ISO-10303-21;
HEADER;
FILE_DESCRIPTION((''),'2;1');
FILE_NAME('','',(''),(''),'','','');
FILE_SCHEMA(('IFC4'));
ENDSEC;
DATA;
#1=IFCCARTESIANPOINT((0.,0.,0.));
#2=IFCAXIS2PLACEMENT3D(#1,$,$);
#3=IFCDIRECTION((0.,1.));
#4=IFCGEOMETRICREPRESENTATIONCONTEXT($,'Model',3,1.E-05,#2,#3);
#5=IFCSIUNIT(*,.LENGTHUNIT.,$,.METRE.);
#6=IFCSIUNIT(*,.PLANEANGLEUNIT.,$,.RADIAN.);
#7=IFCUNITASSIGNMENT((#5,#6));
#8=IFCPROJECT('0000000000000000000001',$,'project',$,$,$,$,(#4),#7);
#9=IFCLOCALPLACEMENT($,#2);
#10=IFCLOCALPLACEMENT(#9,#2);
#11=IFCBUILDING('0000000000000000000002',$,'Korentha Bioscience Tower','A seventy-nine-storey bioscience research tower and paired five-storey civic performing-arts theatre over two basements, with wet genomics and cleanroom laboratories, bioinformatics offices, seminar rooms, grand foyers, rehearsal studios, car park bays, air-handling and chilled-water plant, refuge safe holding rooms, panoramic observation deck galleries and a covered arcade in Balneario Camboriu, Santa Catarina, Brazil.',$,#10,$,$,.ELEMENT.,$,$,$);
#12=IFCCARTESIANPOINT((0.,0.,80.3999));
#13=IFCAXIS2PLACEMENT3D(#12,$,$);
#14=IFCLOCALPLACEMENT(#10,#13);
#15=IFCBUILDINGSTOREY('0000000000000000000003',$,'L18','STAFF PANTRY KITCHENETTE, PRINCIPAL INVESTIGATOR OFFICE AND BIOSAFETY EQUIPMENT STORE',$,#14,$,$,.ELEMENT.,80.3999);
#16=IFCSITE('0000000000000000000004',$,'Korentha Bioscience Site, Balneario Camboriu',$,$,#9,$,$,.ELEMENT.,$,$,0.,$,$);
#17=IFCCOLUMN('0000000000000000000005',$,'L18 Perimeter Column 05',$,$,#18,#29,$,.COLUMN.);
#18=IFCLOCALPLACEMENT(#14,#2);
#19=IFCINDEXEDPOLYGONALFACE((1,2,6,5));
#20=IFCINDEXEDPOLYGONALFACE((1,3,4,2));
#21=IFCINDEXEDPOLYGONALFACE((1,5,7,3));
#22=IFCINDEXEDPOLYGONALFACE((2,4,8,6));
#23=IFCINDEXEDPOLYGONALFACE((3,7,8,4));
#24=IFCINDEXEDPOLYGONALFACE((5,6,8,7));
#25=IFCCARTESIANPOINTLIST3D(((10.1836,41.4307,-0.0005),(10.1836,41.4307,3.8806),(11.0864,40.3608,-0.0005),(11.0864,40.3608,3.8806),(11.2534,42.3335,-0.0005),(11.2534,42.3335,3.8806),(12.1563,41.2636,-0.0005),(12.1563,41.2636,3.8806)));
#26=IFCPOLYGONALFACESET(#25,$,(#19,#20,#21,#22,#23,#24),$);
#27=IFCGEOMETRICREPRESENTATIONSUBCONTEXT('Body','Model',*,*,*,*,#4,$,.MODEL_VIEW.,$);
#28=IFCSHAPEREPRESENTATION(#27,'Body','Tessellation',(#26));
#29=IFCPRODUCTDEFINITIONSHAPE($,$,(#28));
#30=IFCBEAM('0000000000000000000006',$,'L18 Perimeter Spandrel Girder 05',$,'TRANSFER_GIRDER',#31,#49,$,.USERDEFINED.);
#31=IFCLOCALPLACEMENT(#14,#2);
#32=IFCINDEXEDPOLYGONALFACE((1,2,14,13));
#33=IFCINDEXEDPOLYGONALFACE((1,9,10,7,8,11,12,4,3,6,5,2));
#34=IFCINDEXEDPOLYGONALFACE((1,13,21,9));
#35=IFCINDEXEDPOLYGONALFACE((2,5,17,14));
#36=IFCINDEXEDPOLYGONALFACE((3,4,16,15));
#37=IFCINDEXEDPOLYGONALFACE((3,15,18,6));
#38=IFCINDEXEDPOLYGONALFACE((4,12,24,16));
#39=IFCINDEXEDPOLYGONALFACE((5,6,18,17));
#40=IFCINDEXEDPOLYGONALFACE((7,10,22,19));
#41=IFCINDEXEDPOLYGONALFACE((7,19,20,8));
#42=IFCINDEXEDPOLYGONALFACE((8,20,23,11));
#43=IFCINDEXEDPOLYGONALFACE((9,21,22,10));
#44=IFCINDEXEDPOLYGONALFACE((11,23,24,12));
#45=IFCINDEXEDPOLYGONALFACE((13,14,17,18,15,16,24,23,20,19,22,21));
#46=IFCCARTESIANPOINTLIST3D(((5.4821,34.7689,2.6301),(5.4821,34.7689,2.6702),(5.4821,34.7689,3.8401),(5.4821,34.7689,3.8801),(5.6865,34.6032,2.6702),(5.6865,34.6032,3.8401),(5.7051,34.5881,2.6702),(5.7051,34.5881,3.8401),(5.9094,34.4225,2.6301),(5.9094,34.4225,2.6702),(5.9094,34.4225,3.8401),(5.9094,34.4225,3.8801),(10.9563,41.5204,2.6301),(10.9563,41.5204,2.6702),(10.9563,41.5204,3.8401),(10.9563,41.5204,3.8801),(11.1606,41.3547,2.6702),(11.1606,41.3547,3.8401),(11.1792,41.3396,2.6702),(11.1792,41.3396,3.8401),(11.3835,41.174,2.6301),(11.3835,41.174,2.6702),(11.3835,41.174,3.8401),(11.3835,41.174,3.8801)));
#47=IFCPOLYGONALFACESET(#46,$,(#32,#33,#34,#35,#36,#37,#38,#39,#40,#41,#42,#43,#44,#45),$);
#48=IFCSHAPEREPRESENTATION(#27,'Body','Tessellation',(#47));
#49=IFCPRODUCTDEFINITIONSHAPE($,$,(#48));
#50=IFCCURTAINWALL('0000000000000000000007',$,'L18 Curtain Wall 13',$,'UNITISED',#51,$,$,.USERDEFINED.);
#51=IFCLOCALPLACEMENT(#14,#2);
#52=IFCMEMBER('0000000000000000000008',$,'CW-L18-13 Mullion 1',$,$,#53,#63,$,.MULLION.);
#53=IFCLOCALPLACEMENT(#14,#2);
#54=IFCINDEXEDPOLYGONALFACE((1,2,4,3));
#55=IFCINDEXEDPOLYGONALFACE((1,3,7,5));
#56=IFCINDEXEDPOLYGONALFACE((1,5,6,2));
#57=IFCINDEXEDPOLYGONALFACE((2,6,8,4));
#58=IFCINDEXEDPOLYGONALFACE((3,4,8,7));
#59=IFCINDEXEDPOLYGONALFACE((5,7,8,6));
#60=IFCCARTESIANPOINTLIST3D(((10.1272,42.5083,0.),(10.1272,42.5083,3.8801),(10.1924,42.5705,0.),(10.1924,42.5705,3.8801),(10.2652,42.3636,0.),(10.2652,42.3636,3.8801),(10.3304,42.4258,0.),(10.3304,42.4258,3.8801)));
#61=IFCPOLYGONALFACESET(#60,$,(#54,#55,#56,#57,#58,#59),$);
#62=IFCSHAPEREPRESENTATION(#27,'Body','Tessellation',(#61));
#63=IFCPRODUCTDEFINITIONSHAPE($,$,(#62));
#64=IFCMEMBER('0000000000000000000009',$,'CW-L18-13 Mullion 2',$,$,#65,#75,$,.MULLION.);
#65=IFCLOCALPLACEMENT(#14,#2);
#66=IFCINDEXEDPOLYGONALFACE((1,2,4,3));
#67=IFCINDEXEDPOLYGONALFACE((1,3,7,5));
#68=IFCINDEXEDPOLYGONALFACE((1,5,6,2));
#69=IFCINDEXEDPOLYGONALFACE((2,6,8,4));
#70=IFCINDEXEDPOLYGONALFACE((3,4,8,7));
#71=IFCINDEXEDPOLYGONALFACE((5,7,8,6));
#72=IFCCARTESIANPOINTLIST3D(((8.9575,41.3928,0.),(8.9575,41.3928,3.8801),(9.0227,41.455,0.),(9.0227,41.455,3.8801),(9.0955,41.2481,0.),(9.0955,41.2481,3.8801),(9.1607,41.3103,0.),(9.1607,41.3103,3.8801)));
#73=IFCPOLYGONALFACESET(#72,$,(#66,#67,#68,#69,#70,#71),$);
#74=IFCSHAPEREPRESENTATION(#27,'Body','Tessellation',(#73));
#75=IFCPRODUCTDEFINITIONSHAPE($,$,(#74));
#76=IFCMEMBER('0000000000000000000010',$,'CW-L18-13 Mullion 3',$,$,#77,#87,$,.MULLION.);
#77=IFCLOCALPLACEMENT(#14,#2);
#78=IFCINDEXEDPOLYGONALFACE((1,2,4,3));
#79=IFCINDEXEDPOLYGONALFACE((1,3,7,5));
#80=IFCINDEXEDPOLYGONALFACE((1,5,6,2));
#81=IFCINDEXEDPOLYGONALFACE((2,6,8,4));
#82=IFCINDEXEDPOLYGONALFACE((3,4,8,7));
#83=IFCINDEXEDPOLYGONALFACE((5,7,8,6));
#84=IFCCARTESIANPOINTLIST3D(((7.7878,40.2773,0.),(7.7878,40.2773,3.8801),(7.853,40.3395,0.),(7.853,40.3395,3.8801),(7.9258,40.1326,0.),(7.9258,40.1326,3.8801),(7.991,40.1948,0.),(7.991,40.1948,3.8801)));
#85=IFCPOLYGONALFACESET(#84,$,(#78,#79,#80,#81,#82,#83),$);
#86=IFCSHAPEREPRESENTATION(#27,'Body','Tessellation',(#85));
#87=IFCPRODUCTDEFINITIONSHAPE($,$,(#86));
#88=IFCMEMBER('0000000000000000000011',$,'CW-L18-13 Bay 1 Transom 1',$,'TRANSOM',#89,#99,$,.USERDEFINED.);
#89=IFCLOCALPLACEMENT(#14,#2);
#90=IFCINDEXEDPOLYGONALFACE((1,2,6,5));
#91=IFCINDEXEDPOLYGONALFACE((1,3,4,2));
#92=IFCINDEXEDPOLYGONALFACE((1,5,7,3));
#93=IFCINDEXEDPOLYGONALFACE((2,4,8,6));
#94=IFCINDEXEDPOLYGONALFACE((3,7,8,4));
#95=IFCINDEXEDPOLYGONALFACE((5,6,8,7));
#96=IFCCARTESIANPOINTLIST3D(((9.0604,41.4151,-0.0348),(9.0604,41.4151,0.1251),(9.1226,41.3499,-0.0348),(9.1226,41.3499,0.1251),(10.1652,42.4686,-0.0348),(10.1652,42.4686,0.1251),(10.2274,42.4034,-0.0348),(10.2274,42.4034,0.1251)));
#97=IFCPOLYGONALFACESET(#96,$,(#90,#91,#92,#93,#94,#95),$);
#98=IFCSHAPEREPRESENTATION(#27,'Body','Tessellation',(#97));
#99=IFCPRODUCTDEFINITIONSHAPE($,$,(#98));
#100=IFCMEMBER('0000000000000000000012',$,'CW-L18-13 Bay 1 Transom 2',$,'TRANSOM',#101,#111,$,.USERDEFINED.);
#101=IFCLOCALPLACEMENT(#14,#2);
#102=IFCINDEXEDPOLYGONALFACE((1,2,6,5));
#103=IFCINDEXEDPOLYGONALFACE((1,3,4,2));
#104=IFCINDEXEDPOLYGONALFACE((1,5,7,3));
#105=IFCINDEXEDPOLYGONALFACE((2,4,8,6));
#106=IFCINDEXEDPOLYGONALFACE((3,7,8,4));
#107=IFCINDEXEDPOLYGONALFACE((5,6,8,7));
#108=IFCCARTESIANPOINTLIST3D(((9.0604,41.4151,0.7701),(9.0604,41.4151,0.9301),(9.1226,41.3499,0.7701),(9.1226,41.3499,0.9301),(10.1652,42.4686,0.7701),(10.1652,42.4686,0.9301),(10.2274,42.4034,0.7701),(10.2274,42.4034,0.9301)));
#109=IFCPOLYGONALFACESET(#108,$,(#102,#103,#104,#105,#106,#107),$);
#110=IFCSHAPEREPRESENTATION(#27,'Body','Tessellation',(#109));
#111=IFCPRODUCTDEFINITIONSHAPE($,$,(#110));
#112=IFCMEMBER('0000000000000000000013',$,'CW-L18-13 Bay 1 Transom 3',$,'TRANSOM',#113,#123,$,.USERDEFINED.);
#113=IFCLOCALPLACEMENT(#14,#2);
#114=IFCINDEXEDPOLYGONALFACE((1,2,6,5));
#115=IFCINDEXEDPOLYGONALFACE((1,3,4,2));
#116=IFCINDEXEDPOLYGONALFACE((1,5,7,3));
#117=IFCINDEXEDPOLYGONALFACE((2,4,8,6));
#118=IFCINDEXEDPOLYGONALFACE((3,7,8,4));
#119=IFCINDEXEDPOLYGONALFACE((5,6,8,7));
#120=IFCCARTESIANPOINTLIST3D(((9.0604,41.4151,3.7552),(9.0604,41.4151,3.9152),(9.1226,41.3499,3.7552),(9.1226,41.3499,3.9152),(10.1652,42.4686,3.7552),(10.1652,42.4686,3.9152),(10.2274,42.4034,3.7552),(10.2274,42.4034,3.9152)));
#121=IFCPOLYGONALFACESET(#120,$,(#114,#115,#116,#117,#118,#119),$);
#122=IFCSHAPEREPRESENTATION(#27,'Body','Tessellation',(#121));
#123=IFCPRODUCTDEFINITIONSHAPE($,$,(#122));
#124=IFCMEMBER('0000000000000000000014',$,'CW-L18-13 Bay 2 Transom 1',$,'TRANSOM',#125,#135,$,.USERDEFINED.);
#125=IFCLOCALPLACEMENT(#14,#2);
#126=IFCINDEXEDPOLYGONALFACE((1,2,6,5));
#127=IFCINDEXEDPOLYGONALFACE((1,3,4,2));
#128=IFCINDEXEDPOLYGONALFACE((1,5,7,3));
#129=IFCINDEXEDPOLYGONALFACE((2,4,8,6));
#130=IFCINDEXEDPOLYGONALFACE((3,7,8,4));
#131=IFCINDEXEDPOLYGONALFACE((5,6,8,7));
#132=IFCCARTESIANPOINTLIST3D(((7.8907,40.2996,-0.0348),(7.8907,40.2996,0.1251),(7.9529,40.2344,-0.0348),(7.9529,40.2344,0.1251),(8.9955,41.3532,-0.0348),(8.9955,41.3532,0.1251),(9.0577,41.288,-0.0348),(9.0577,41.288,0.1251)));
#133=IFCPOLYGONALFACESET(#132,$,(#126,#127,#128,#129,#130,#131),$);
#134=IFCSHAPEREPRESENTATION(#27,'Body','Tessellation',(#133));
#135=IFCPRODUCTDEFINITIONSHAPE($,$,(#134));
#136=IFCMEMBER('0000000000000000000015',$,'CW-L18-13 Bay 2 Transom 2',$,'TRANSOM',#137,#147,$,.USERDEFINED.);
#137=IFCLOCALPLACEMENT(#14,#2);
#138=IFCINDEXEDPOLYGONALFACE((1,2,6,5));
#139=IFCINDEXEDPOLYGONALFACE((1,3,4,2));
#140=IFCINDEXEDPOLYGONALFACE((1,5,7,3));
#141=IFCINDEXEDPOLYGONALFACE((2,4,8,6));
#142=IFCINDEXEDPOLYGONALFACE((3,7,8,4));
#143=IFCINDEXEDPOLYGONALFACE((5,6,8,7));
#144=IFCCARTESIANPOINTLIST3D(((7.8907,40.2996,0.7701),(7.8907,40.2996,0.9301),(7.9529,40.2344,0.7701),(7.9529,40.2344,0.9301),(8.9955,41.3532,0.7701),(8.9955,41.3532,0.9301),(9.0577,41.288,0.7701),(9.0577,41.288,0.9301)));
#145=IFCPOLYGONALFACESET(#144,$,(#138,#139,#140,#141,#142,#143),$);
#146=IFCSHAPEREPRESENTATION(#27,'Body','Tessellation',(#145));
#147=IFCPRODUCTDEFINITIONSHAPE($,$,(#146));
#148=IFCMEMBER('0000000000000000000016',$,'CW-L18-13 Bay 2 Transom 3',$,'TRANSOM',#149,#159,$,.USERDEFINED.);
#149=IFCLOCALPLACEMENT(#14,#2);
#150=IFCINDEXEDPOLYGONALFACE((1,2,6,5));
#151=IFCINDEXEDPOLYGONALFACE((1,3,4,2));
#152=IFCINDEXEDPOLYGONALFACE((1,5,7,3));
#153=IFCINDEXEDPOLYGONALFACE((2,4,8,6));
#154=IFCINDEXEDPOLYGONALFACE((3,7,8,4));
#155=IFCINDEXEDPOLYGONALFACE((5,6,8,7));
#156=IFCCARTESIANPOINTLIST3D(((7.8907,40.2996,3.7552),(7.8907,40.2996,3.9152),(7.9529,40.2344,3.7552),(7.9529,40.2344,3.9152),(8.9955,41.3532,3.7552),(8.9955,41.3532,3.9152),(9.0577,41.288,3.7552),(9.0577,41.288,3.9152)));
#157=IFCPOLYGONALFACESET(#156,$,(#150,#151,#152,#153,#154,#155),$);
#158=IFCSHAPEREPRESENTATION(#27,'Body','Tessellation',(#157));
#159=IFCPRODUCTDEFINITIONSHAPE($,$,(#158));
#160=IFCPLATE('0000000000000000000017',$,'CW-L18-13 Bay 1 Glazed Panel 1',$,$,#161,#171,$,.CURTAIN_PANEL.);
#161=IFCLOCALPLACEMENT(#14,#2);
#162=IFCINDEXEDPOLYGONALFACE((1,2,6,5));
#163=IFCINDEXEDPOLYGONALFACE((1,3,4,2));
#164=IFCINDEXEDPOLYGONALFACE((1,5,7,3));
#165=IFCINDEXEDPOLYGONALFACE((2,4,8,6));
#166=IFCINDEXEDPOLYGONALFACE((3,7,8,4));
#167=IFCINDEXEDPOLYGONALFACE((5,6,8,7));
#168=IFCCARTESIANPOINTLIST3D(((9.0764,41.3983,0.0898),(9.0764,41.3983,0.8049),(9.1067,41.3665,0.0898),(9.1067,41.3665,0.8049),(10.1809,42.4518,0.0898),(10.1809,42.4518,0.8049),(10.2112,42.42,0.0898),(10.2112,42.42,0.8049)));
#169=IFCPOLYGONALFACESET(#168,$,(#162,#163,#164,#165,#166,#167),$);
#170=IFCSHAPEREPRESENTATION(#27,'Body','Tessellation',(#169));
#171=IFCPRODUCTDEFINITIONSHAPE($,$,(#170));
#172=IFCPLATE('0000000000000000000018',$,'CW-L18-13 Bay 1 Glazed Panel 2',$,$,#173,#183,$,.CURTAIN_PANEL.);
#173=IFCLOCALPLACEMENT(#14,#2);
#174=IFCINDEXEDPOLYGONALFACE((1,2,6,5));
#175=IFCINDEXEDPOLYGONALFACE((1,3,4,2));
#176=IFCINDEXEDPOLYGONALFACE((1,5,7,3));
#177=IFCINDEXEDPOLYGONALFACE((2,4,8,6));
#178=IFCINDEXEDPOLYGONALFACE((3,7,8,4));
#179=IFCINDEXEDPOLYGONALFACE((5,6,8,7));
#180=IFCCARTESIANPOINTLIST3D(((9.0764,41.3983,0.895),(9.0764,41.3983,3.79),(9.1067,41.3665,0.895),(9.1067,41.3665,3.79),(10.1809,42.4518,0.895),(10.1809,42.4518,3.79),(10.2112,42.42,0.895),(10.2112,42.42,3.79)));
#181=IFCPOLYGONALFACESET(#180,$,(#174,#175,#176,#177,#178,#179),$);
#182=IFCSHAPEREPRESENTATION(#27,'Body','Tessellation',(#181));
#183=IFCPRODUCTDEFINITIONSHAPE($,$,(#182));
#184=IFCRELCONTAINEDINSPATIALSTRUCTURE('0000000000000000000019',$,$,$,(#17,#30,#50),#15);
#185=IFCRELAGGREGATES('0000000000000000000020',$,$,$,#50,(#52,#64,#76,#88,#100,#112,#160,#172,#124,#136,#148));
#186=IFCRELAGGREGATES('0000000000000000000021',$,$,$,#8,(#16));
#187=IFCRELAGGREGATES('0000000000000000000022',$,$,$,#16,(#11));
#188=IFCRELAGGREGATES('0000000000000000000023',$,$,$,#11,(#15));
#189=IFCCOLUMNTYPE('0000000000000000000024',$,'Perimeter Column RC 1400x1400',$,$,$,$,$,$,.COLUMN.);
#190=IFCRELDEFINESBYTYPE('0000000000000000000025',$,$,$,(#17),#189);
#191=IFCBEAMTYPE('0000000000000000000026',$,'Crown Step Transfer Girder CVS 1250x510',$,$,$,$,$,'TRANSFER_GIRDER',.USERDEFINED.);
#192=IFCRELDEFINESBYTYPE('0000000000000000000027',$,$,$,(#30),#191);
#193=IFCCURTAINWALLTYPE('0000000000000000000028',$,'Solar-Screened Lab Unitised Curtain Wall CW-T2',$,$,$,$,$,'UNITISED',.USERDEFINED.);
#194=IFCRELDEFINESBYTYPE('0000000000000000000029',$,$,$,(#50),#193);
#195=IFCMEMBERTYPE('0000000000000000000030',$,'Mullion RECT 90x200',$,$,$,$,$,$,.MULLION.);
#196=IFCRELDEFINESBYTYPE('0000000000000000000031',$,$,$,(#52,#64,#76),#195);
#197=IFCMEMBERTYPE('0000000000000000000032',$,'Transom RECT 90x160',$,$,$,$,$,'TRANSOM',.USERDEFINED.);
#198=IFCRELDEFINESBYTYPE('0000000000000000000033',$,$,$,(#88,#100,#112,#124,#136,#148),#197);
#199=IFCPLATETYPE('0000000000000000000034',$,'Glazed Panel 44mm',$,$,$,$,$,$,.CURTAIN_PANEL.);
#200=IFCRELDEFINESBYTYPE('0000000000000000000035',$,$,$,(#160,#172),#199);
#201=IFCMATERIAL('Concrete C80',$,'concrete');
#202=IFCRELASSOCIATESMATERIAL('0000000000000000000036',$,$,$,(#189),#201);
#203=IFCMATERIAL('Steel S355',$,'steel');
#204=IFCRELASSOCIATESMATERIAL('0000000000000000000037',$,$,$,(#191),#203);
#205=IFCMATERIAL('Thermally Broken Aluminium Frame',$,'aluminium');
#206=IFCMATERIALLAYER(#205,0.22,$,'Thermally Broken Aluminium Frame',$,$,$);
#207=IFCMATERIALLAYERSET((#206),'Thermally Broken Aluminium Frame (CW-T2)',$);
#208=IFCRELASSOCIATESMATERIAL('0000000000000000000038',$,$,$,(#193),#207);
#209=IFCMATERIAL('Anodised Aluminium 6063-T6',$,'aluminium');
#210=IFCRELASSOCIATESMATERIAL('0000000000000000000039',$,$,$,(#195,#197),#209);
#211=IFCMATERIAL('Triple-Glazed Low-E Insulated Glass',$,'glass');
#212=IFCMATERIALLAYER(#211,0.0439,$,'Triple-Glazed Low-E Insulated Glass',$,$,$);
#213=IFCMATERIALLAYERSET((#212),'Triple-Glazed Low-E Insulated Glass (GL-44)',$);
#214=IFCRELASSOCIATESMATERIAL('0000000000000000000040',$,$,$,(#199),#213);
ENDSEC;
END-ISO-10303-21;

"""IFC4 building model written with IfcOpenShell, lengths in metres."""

from ifc_helpers import new_model, si_unit, direction, frame, origin, origin_2d, place, context, subcontext, project, spatial, rectangle, i_section, extrude, material, layer, layer_set, material_profile, profile_set, type_object, element, aggregate, save


model = new_model("IFC4")

# Units and contexts
model_context = context("Model", 3, precision=1e-05, world=origin(), true_north=direction((0.0, 1.0)))
body_context = subcontext(model_context, "Body", "Model", "MODEL_VIEW")
ifc_project = project(units=[si_unit("LENGTHUNIT", "METRE"), si_unit("PLANEANGLEUNIT", "RADIAN")], contexts=[model_context])

# Site, building, storey
site_placement = place(None, origin())
site = spatial("IfcSite", under=ifc_project, at=site_placement, Name="Korentha Bioscience Site, Balneario Camboriu", CompositionType="ELEMENT", RefElevation=0.0)
building_placement = place(site_placement, origin())
building = spatial("IfcBuilding", under=site, at=building_placement, Name="Korentha Bioscience Tower", Description="A seventy-nine-storey bioscience research tower and paired five-storey civic performing-arts theatre over two basements, with wet genomics and cleanroom laboratories, bioinformatics offices, seminar rooms, grand foyers, rehearsal studios, car park bays, air-handling and chilled-water plant, refuge safe holding rooms, panoramic observation deck galleries and a covered arcade in Balneario Camboriu, Santa Catarina, Brazil.", CompositionType="ELEMENT")
storey_placement = place(building_placement, frame((0.0, 0.0, 80.3999)))
storey = spatial("IfcBuildingStorey", under=building, at=storey_placement, Name="L18", Description="STAFF PANTRY KITCHENETTE, PRINCIPAL INVESTIGATOR OFFICE AND BIOSAFETY EQUIPMENT STORE", CompositionType="ELEMENT", Elevation=80.3999)

# Column
ifc_material_1 = material(Name="Concrete C80", Category="concrete")
ifc_material_profile_1 = material_profile(ifc_material_1, rectangle(XDim=1.3999, YDim=1.3999, at=origin_2d()), Name="Concrete C80")
ifc_profile_set_1 = profile_set([ifc_material_profile_1], Name="Concrete C80 (COL-P14)")
column_type = type_object("IfcColumnType", Name="Perimeter Column RC 1400x1400", PredefinedType="COLUMN", material=ifc_profile_set_1)
column_placement = place(storey_placement, frame((11.1699, 41.3472, -0.0005), z_axis=(0.0, 0.0, 1.0), x_axis=(0.764246, 0.644924, 0.0)))
element("IfcColumn", 1, at=column_placement, inside=storey, type_object=column_type, Name="L18 Perimeter Column 05", PredefinedType="COLUMN", context=body_context, shape_type="SweptSolid", body=[
    extrude(rectangle(XDim=1.3999, YDim=1.3999, at=origin_2d()), origin(), (0.0, 0.0, 1.0), 3.8811),
])

# Beam
ifc_material_2 = material(Name="Steel S355", Category="steel")
ifc_material_profile_2 = material_profile(ifc_material_2, i_section(OverallWidth=0.55, OverallDepth=1.25, WebThickness=0.0239, FlangeThickness=0.04, at=origin_2d()), Name="Steel S355")
ifc_profile_set_2 = profile_set([ifc_material_profile_2], Name="Steel S355 (TG-03)")
beam_type = type_object("IfcBeamType", Name="Crown Step Transfer Girder CVS 1250x510", ElementType="TRANSFER_GIRDER", PredefinedType="USERDEFINED", material=ifc_profile_set_2)
beam_placement = place(storey_placement, frame((11.1699, 41.3472, 3.2551), z_axis=(-0.629799, -0.776758, 0.0), x_axis=(0.776758, -0.629799, 0.0)))
element("IfcBeam", 2, at=beam_placement, inside=storey, type_object=beam_type, Name="L18 Perimeter Spandrel Girder 05", ObjectType="TRANSFER_GIRDER", PredefinedType="USERDEFINED", context=body_context, shape_type="SweptSolid", body=[
    extrude(i_section(OverallWidth=0.55, OverallDepth=1.25, WebThickness=0.0239, FlangeThickness=0.04, at=origin_2d()), origin(), (0.0, 0.0, 1.0), 8.6919),
])

# Curtain wall, members, plates
ifc_material_3 = material(Name="Thermally Broken Aluminium Frame", Category="aluminium")
ifc_layer_1 = layer(ifc_material_3, 0.22, Name="Thermally Broken Aluminium Frame")
ifc_layer_set_1 = layer_set([ifc_layer_1], Name="Thermally Broken Aluminium Frame (CW-T2)")
curtain_wall_type = type_object("IfcCurtainWallType", Name="Solar-Screened Lab Unitised Curtain Wall CW-T2", ElementType="UNITISED", PredefinedType="USERDEFINED", material=ifc_layer_set_1)
curtain_wall_placement = place(storey_placement, origin())
curtain_wall = element("IfcCurtainWall", 3, at=curtain_wall_placement, inside=storey, type_object=curtain_wall_type, Name="L18 Curtain Wall 13", ObjectType="UNITISED", PredefinedType="USERDEFINED")
ifc_material_4 = material(Name="Anodised Aluminium 6063-T6", Category="aluminium")
ifc_material_profile_3 = material_profile(ifc_material_4, rectangle(XDim=0.0901, YDim=0.2, at=origin_2d()), Name="Anodised Aluminium 6063-T6")
ifc_profile_set_3 = profile_set([ifc_material_profile_3], Name="Anodised Aluminium 6063-T6 (CW-MUL)")
member_type_1 = type_object("IfcMemberType", Name="Mullion RECT 90x200", PredefinedType="MULLION", material=ifc_profile_set_3)
member_1_placement = place(storey_placement, frame((10.2288, 42.467, 0.0), z_axis=(0.0, 0.0, 1.0), x_axis=(-0.723642, -0.690176, 0.0)))
member_1 = element("IfcMember", 4, at=member_1_placement, type_object=member_type_1, Name="CW-L18-13 Mullion 1", PredefinedType="MULLION", context=body_context, shape_type="SweptSolid", body=[
    extrude(rectangle(XDim=0.0901, YDim=0.2, at=origin_2d()), origin(), (0.0, 0.0, 1.0), 3.8801),
])
member_2_placement = place(storey_placement, frame((9.0591, 41.3516, 0.0), z_axis=(0.0, 0.0, 1.0), x_axis=(-0.723642, -0.690176, 0.0)))
member_2 = element("IfcMember", 5, at=member_2_placement, type_object=member_type_1, Name="CW-L18-13 Mullion 2", PredefinedType="MULLION", context=body_context, shape_type="SweptSolid", body=[
    extrude(rectangle(XDim=0.0901, YDim=0.2, at=origin_2d()), origin(), (0.0, 0.0, 1.0), 3.8801),
])
member_3_placement = place(storey_placement, frame((7.8894, 40.2361, 0.0), z_axis=(0.0, 0.0, 1.0), x_axis=(-0.723642, -0.690176, 0.0)))
member_3 = element("IfcMember", 6, at=member_3_placement, type_object=member_type_1, Name="CW-L18-13 Mullion 3", PredefinedType="MULLION", context=body_context, shape_type="SweptSolid", body=[
    extrude(rectangle(XDim=0.0901, YDim=0.2, at=origin_2d()), origin(), (0.0, 0.0, 1.0), 3.8801),
])
ifc_material_profile_4 = material_profile(ifc_material_4, rectangle(XDim=0.0901, YDim=0.1599, at=origin_2d()), Name="Anodised Aluminium 6063-T6")
ifc_profile_set_4 = profile_set([ifc_material_profile_4], Name="Anodised Aluminium 6063-T6 (CW-TRN)")
member_type_2 = type_object("IfcMemberType", Name="Transom RECT 90x160", ElementType="TRANSOM", PredefinedType="USERDEFINED", material=ifc_profile_set_4)
member_4_placement = place(storey_placement, frame((10.1963, 42.436, 0.0452), z_axis=(-0.7237, -0.690114, 0.0), x_axis=(0.690114, -0.7237, 0.0)))
member_4 = element("IfcMember", 7, at=member_4_placement, type_object=member_type_2, Name="CW-L18-13 Bay 1 Transom 1", ObjectType="TRANSOM", PredefinedType="USERDEFINED", context=body_context, shape_type="SweptSolid", body=[
    extrude(rectangle(XDim=0.0901, YDim=0.1599, at=origin_2d()), origin(), (0.0, 0.0, 1.0), 1.5266),
])
member_5_placement = place(storey_placement, frame((10.1963, 42.436, 0.8501), z_axis=(-0.7237, -0.690114, 0.0), x_axis=(0.690114, -0.7237, 0.0)))
member_5 = element("IfcMember", 8, at=member_5_placement, type_object=member_type_2, Name="CW-L18-13 Bay 1 Transom 2", ObjectType="TRANSOM", PredefinedType="USERDEFINED", context=body_context, shape_type="SweptSolid", body=[
    extrude(rectangle(XDim=0.0901, YDim=0.1599, at=origin_2d()), origin(), (0.0, 0.0, 1.0), 1.5266),
])
member_6_placement = place(storey_placement, frame((10.1963, 42.436, 3.8352), z_axis=(-0.7237, -0.690114, 0.0), x_axis=(0.690114, -0.7237, 0.0)))
member_6 = element("IfcMember", 9, at=member_6_placement, type_object=member_type_2, Name="CW-L18-13 Bay 1 Transom 3", ObjectType="TRANSOM", PredefinedType="USERDEFINED", context=body_context, shape_type="SweptSolid", body=[
    extrude(rectangle(XDim=0.0901, YDim=0.1599, at=origin_2d()), origin(), (0.0, 0.0, 1.0), 1.5266),
])
member_7_placement = place(storey_placement, frame((9.0266, 41.3206, 0.0452), z_axis=(-0.7237, -0.690114, 0.0), x_axis=(0.690114, -0.7237, 0.0)))
member_7 = element("IfcMember", 10, at=member_7_placement, type_object=member_type_2, Name="CW-L18-13 Bay 2 Transom 1", ObjectType="TRANSOM", PredefinedType="USERDEFINED", context=body_context, shape_type="SweptSolid", body=[
    extrude(rectangle(XDim=0.0901, YDim=0.1599, at=origin_2d()), origin(), (0.0, 0.0, 1.0), 1.5266),
])
member_8_placement = place(storey_placement, frame((9.0266, 41.3206, 0.8501), z_axis=(-0.7237, -0.690114, 0.0), x_axis=(0.690114, -0.7237, 0.0)))
member_8 = element("IfcMember", 11, at=member_8_placement, type_object=member_type_2, Name="CW-L18-13 Bay 2 Transom 2", ObjectType="TRANSOM", PredefinedType="USERDEFINED", context=body_context, shape_type="SweptSolid", body=[
    extrude(rectangle(XDim=0.0901, YDim=0.1599, at=origin_2d()), origin(), (0.0, 0.0, 1.0), 1.5266),
])
member_9_placement = place(storey_placement, frame((9.0266, 41.3206, 3.8352), z_axis=(-0.7237, -0.690114, 0.0), x_axis=(0.690114, -0.7237, 0.0)))
member_9 = element("IfcMember", 12, at=member_9_placement, type_object=member_type_2, Name="CW-L18-13 Bay 2 Transom 3", ObjectType="TRANSOM", PredefinedType="USERDEFINED", context=body_context, shape_type="SweptSolid", body=[
    extrude(rectangle(XDim=0.0901, YDim=0.1599, at=origin_2d()), origin(), (0.0, 0.0, 1.0), 1.5266),
])
ifc_material_5 = material(Name="Triple-Glazed Low-E Insulated Glass", Category="glass")
ifc_layer_2 = layer(ifc_material_5, 0.0439, Name="Triple-Glazed Low-E Insulated Glass")
ifc_layer_set_2 = layer_set([ifc_layer_2], Name="Triple-Glazed Low-E Insulated Glass (GL-44)")
plate_type = type_object("IfcPlateType", Name="Glazed Panel 44mm", PredefinedType="CURTAIN_PANEL", material=ifc_layer_set_2)
plate_1_placement = place(storey_placement, frame((9.6438, 41.9092, 0.0898), z_axis=(0.0, 0.0, 1.0), x_axis=(-0.723642, -0.690176, 0.0)))
plate_1 = element("IfcPlate", 13, at=plate_1_placement, type_object=plate_type, Name="CW-L18-13 Bay 1 Glazed Panel 1", PredefinedType="CURTAIN_PANEL", context=body_context, shape_type="SweptSolid", body=[
    extrude(rectangle(XDim=1.5264, YDim=0.0439, at=origin_2d()), origin(), (0.0, 0.0, 1.0), 0.7151),
])
plate_2_placement = place(storey_placement, frame((9.6438, 41.9092, 0.895), z_axis=(0.0, 0.0, 1.0), x_axis=(-0.723642, -0.690176, 0.0)))
plate_2 = element("IfcPlate", 14, at=plate_2_placement, type_object=plate_type, Name="CW-L18-13 Bay 1 Glazed Panel 2", PredefinedType="CURTAIN_PANEL", context=body_context, shape_type="SweptSolid", body=[
    extrude(rectangle(XDim=1.5264, YDim=0.0439, at=origin_2d()), origin(), (0.0, 0.0, 1.0), 2.895),
])
aggregate(curtain_wall, [member_1, member_2, member_3, member_4, member_5, member_6, plate_1, plate_2, member_7, member_8, member_9])

save(model, "model.ifc")
